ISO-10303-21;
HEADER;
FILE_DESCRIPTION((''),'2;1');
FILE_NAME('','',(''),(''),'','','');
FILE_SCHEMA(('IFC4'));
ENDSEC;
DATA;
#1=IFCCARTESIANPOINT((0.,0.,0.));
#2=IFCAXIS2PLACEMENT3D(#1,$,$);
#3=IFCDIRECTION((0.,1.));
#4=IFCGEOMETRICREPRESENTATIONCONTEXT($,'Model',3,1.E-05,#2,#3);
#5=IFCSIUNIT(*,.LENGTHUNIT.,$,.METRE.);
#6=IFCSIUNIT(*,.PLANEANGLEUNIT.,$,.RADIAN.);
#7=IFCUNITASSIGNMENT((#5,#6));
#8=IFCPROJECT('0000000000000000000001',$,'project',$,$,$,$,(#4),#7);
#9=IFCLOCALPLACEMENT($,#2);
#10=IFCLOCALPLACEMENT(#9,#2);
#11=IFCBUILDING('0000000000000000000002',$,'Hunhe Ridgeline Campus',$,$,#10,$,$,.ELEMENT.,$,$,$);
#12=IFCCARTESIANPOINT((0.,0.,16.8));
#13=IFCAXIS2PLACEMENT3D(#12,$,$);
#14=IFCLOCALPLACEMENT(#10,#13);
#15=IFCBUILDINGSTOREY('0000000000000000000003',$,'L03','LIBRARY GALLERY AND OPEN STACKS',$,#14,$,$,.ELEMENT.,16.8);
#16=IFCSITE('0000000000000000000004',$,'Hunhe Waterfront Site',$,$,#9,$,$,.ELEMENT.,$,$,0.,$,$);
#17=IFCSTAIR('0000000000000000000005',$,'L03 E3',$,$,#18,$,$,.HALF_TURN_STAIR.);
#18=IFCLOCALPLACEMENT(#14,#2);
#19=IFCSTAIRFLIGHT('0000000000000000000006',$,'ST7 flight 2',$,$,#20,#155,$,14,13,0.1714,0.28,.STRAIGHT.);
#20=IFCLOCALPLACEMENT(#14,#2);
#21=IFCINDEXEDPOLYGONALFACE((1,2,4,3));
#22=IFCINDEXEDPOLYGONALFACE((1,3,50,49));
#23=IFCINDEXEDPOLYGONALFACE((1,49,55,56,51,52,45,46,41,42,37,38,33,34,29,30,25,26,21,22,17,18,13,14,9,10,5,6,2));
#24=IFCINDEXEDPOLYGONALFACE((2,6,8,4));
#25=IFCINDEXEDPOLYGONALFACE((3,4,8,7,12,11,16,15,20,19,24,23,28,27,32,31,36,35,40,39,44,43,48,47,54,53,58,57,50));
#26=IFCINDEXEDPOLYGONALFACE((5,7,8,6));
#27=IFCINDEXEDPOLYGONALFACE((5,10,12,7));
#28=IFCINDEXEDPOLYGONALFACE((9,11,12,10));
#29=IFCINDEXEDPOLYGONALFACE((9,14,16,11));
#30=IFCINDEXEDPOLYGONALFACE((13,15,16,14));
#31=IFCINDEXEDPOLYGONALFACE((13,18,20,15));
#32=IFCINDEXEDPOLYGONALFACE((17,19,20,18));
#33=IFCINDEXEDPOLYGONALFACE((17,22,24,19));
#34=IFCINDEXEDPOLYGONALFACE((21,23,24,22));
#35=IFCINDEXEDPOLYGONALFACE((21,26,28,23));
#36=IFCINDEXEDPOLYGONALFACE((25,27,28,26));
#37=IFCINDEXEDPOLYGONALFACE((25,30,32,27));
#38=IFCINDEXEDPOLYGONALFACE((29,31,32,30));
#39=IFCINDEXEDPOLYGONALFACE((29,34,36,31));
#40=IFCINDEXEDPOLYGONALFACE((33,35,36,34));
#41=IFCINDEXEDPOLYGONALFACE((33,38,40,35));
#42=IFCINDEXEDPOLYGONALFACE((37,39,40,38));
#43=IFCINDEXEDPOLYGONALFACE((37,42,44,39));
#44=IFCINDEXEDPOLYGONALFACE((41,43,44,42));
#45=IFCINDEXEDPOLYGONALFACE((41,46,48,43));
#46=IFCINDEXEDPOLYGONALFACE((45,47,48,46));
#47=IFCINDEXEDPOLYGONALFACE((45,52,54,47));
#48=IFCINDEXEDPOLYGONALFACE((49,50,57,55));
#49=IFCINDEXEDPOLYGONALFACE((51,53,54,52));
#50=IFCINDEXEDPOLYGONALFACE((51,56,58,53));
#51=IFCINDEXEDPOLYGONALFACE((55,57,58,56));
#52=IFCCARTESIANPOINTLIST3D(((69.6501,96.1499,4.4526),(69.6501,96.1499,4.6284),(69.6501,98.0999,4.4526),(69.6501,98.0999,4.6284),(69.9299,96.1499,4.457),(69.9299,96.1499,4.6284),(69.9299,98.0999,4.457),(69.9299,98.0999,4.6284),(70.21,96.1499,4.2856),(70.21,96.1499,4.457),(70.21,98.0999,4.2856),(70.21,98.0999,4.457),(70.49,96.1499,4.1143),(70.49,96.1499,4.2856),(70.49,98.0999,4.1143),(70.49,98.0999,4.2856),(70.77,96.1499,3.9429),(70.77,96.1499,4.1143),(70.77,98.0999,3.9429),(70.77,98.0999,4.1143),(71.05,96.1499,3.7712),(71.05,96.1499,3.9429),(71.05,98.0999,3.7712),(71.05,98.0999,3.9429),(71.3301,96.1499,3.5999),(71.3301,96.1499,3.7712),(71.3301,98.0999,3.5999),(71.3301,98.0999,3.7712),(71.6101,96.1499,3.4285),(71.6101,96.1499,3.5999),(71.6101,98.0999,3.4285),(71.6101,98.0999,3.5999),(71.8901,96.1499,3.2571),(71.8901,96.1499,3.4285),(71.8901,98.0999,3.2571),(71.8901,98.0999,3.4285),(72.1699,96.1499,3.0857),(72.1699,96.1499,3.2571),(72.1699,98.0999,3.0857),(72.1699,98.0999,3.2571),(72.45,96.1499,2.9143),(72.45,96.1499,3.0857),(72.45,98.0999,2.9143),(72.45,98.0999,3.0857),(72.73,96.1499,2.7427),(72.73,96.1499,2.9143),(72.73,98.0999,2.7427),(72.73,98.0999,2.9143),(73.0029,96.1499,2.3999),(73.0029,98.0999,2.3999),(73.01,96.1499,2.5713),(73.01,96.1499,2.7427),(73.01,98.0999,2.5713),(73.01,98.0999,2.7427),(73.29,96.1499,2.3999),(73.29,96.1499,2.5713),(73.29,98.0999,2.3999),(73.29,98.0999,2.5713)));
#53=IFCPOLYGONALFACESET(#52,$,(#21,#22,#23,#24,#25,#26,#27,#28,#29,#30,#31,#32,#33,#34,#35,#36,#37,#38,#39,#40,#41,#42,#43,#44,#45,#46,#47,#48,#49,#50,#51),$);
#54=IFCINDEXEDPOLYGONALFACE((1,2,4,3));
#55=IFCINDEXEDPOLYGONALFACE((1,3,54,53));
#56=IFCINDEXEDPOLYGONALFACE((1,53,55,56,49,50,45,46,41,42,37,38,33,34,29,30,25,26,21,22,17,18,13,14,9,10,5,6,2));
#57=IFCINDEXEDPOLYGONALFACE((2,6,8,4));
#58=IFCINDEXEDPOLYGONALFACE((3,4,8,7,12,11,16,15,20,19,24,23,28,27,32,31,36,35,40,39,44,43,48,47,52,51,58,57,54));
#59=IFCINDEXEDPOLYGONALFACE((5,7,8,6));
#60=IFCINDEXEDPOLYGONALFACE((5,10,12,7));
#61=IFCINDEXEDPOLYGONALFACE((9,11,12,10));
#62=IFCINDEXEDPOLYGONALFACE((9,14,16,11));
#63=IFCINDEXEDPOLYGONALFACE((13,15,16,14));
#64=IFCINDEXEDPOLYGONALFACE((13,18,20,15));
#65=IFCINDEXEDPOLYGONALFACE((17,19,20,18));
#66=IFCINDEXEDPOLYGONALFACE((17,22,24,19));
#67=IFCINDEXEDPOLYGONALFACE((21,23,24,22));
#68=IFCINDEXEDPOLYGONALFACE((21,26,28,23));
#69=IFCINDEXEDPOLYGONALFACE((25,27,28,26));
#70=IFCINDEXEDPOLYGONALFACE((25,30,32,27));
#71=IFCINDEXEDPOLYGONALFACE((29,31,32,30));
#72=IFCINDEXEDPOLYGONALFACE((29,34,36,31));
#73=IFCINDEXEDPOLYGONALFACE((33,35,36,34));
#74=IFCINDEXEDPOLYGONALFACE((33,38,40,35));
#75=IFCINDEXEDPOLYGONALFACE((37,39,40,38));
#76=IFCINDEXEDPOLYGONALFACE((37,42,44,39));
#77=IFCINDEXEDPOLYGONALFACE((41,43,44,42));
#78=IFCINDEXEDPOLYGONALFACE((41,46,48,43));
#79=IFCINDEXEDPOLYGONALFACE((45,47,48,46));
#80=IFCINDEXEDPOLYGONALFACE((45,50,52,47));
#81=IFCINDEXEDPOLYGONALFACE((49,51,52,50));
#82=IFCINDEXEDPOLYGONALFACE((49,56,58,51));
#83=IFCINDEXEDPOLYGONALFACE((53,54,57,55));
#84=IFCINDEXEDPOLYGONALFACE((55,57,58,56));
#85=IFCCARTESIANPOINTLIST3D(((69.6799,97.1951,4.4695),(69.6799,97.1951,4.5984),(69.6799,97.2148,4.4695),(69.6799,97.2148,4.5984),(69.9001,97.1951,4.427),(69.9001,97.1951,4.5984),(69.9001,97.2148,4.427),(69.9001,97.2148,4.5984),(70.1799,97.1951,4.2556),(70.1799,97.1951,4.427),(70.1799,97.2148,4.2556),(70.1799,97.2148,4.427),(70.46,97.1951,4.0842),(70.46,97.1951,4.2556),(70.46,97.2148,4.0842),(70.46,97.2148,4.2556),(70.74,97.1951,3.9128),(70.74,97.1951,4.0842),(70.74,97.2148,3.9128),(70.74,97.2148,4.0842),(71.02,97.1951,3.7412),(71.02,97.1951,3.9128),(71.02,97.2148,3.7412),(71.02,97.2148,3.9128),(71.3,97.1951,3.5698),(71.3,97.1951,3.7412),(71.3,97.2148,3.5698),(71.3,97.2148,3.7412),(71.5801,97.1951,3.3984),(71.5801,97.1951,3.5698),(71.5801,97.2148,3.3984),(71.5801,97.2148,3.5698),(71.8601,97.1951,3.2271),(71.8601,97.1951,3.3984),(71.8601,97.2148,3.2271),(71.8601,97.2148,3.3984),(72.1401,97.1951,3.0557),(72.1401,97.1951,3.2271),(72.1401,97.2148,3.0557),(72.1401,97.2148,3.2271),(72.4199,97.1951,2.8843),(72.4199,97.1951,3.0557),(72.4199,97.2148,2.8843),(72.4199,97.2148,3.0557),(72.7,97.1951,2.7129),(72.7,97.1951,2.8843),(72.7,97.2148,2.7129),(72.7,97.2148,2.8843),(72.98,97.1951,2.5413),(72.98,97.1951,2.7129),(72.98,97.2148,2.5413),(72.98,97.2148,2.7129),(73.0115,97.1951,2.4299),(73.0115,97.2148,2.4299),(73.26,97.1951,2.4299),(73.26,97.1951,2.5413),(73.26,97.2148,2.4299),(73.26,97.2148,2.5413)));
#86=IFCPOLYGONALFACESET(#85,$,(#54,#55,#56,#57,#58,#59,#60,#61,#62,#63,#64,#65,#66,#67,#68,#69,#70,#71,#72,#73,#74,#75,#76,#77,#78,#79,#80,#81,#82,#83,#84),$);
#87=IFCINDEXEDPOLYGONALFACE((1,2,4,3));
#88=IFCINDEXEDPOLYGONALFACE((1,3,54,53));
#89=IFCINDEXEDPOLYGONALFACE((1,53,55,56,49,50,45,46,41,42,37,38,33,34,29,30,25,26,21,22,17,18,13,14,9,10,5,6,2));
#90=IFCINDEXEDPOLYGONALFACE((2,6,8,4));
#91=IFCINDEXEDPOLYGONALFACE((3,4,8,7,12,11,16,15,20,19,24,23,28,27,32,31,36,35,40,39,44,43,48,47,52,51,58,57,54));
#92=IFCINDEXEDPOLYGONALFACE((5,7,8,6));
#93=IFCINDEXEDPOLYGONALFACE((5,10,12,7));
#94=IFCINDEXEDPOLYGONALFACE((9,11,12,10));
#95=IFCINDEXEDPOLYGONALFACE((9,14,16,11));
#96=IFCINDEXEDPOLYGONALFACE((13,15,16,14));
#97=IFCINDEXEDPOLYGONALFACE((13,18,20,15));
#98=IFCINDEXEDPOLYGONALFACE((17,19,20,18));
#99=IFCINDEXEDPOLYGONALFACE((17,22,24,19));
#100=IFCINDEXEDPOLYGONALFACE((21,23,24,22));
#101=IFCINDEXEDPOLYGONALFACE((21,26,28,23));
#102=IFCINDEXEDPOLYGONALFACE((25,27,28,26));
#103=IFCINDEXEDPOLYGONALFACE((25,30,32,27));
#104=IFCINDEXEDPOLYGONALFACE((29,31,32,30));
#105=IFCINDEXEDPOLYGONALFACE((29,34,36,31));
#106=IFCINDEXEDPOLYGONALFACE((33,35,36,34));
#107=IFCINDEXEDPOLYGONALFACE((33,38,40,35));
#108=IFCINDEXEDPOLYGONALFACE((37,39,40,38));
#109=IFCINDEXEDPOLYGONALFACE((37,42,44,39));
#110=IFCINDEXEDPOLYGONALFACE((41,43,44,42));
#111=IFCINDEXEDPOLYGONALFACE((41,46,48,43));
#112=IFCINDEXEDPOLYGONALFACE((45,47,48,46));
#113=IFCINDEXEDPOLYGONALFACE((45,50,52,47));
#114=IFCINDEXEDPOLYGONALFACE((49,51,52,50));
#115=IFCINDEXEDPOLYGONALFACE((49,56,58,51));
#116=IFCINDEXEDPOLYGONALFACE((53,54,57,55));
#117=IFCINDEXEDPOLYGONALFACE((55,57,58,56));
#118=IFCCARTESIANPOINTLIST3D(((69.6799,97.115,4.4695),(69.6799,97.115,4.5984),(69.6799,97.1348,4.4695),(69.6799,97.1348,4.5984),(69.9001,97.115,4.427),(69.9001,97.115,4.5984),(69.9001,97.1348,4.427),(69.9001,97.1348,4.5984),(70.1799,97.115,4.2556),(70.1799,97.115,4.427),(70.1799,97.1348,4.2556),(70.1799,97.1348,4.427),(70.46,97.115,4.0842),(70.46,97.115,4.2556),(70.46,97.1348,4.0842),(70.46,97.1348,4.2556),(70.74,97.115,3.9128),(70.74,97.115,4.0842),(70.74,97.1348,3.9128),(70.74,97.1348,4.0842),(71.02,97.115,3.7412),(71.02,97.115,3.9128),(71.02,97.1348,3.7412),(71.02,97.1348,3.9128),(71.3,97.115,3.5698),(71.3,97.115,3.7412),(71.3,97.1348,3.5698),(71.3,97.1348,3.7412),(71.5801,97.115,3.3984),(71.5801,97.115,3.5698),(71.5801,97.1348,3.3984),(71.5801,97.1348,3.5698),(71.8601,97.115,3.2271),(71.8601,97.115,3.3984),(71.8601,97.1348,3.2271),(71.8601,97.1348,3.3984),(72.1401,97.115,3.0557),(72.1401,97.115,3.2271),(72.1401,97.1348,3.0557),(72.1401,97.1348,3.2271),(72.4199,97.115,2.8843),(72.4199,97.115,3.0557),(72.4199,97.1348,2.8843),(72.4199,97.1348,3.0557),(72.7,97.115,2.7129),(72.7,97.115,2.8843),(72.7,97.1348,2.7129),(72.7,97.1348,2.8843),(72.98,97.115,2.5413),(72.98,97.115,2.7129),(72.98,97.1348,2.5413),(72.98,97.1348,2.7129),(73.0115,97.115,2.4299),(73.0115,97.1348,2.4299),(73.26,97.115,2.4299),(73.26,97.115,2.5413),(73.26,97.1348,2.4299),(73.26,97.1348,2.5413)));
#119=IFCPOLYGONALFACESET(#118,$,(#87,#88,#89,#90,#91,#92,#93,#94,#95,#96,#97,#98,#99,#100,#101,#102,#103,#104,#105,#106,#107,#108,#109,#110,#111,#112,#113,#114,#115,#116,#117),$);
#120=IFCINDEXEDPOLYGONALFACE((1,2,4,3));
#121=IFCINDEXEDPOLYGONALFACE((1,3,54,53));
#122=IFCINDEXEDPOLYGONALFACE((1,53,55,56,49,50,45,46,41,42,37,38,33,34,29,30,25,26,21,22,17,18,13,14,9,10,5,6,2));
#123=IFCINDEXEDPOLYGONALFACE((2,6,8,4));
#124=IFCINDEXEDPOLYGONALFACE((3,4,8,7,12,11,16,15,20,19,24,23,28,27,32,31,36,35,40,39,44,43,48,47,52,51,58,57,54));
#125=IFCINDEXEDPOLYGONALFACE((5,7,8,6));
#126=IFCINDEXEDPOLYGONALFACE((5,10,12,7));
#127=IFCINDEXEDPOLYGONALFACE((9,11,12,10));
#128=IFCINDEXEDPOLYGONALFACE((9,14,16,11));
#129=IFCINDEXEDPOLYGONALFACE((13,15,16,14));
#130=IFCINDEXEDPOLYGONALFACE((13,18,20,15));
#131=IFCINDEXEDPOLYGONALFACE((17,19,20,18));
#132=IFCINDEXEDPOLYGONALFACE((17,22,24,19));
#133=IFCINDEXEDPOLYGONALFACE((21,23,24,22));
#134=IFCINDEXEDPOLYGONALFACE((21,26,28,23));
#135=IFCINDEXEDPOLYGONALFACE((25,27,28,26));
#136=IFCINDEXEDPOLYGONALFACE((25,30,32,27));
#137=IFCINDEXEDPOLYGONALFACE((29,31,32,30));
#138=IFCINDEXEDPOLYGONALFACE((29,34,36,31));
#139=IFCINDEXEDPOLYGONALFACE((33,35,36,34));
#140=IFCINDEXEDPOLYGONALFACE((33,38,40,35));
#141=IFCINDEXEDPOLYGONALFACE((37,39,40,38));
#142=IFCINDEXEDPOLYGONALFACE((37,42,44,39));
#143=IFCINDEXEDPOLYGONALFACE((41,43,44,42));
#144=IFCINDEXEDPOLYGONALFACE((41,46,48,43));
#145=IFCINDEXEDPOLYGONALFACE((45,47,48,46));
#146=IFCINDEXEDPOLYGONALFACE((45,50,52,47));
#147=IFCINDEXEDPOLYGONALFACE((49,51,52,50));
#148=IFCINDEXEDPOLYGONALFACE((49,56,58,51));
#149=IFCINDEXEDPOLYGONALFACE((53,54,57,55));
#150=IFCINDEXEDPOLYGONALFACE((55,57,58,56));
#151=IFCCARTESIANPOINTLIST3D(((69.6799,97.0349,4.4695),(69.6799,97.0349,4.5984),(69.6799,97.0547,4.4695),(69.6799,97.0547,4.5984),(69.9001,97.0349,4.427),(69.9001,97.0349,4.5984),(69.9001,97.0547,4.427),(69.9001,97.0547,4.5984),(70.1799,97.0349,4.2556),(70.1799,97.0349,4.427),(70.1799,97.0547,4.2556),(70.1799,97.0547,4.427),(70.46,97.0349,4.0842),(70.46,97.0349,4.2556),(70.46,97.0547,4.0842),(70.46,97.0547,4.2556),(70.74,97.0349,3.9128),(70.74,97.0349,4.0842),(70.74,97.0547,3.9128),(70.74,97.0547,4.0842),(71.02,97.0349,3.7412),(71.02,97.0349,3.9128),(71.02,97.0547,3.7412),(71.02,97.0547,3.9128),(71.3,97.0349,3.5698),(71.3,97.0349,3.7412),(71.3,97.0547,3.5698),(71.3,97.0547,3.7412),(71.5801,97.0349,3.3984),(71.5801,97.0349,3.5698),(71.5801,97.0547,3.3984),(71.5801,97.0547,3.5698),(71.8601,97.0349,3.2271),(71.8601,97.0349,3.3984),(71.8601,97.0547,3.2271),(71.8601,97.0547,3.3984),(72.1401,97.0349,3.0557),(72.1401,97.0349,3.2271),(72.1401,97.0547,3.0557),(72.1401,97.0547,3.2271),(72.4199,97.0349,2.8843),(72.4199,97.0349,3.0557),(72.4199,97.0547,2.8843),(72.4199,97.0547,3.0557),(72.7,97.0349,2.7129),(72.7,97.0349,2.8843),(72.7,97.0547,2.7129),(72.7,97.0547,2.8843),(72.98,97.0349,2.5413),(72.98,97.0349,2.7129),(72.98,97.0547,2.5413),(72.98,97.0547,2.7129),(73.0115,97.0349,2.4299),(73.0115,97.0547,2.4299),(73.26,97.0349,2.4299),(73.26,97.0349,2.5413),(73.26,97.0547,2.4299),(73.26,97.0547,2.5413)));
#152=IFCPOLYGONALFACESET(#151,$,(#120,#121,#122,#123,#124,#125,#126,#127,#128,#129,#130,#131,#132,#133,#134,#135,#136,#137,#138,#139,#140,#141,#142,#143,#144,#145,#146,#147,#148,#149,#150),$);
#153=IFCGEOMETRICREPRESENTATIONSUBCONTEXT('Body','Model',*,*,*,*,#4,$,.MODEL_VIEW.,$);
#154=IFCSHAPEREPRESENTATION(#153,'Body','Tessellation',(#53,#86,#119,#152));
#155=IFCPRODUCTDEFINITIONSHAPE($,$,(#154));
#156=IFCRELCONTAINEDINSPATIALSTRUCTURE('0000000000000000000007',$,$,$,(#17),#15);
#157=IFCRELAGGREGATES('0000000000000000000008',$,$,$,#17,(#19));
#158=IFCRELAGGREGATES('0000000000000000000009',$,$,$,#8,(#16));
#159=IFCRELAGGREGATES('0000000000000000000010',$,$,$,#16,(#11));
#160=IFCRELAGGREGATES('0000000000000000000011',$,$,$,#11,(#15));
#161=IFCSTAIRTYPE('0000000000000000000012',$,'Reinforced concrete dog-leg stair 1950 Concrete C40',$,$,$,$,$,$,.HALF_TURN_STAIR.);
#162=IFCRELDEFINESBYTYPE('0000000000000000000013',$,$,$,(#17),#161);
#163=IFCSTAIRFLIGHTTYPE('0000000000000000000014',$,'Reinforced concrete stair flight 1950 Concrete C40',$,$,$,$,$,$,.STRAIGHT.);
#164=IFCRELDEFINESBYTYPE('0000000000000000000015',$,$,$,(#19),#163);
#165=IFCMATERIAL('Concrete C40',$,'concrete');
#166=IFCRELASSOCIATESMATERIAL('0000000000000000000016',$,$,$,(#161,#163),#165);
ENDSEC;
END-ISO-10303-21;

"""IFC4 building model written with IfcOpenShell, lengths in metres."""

from ifc_helpers import new_model, si_unit, direction, frame, origin, place, context, subcontext, project, spatial, polyline, outline, extrude, material, type_object, element, aggregate, save


model = new_model("IFC4")

# Units and contexts
model_context = context("Model", 3, precision=1e-05, world=origin(), true_north=direction((0.0, 1.0)))
body_context = subcontext(model_context, "Body", "Model", "MODEL_VIEW")
ifc_project = project(units=[si_unit("LENGTHUNIT", "METRE"), si_unit("PLANEANGLEUNIT", "RADIAN")], contexts=[model_context])

# Site, building, storey
site_placement = place(None, origin())
site = spatial("IfcSite", under=ifc_project, at=site_placement, Name="Hunhe Waterfront Site", CompositionType="ELEMENT", RefElevation=0.0)
building_placement = place(site_placement, origin())
building = spatial("IfcBuilding", under=site, at=building_placement, Name="Hunhe Ridgeline Campus", CompositionType="ELEMENT")
storey_placement = place(building_placement, frame((0.0, 0.0, 16.8)))
storey = spatial("IfcBuildingStorey", under=building, at=storey_placement, Name="L03", Description="LIBRARY GALLERY AND OPEN STACKS", CompositionType="ELEMENT", Elevation=16.8)

# Stair, stair flight
ifc_material_1 = material(Name="Concrete C40", Category="concrete")
stair_type = type_object("IfcStairType", Name="Reinforced concrete dog-leg stair 1950 Concrete C40", PredefinedType="HALF_TURN_STAIR", material=ifc_material_1)
stair_1_placement = place(storey_placement, origin())
stair_1 = element("IfcStair", 1, at=stair_1_placement, inside=storey, type_object=stair_type, Name="L03 E3", PredefinedType="HALF_TURN_STAIR")
stair_flight_type = type_object("IfcStairFlightType", Name="Reinforced concrete stair flight 1950 Concrete C40", PredefinedType="STRAIGHT", material=ifc_material_1)
stair_flight_1_placement = place(storey_placement, frame((73.29, 97.125, 2.3999), z_axis=(0.0, 0.0, 1.0), x_axis=(-1.0, 0.0, 0.0)))
stair_flight_1 = element("IfcStairFlight", 2, at=stair_flight_1_placement, type_object=stair_flight_type, Name="ST7 flight 2", NumberOfRisers=14, NumberOfTreads=13, PredefinedType="STRAIGHT", RiserHeight=0.1714, TreadLength=0.28, context=body_context, shape_type="SweptSolid", body=[
    extrude(outline(polyline([(0.0, 0.0), (0.0, 0.1714), (0.28, 0.1714), (0.28, 0.3428), (0.5601, 0.3428), (0.5601, 0.5144), (0.8401, 0.5144), (0.8401, 0.6858), (1.1201, 0.6858), (1.1201, 0.8572), (1.3999, 0.8572), (1.3999, 1.0286), (1.6799, 1.0286), (1.6799, 1.2), (1.96, 1.2), (1.96, 1.3713), (2.24, 1.3713), (2.24, 1.543), (2.52, 1.543), (2.52, 1.7144), (2.8, 1.7144), (2.8, 1.8857), (3.0801, 1.8857), (3.0801, 2.0571), (3.3601, 2.0571), (3.3601, 2.2285), (3.6399, 2.2285), (3.6399, 2.3999), (3.6399, 2.0527), (0.2871, 0.0), (0.0, 0.0)])), frame((0.0, 0.9751, 0.0), z_axis=(0.0, -1.0, 0.0), x_axis=(1.0, 0.0, 0.0)), (0.0, 0.0, 1.0), 1.95),
    extrude(outline(polyline([(0.03, 0.03), (0.03, 0.1414), (0.3101, 0.1414), (0.3101, 0.313), (0.5901, 0.313), (0.5901, 0.4844), (0.8701, 0.4844), (0.8701, 0.6558), (1.1499, 0.6558), (1.1499, 0.8271), (1.4299, 0.8271), (1.4299, 0.9985), (1.71, 0.9985), (1.71, 1.1699), (1.99, 1.1699), (1.99, 1.3413), (2.27, 1.3413), (2.27, 1.5129), (2.55, 1.5129), (2.55, 1.6843), (2.8301, 1.6843), (2.8301, 1.8557), (3.1101, 1.8557), (3.1101, 2.0271), (3.3899, 2.0271), (3.3899, 2.1985), (3.6101, 2.1985), (3.6101, 2.0696), (0.2786, 0.03), (0.03, 0.03)])), frame((0.0, -0.0701, 0.0), z_axis=(0.0, -1.0, 0.0), x_axis=(1.0, 0.0, 0.0)), (0.0, 0.0, 1.0), 0.0198),
    extrude(outline(polyline([(0.03, 0.03), (0.03, 0.1414), (0.3101, 0.1414), (0.3101, 0.313), (0.5901, 0.313), (0.5901, 0.4844), (0.8701, 0.4844), (0.8701, 0.6558), (1.1499, 0.6558), (1.1499, 0.8271), (1.4299, 0.8271), (1.4299, 0.9985), (1.71, 0.9985), (1.71, 1.1699), (1.99, 1.1699), (1.99, 1.3413), (2.27, 1.3413), (2.27, 1.5129), (2.55, 1.5129), (2.55, 1.6843), (2.8301, 1.6843), (2.8301, 1.8557), (3.1101, 1.8557), (3.1101, 2.0271), (3.3899, 2.0271), (3.3899, 2.1985), (3.6101, 2.1985), (3.6101, 2.0696), (0.2786, 0.03), (0.03, 0.03)])), frame((0.0, 0.01, 0.0), z_axis=(0.0, -1.0, 0.0), x_axis=(1.0, 0.0, 0.0)), (0.0, 0.0, 1.0), 0.0198),
    extrude(outline(polyline([(0.03, 0.03), (0.03, 0.1414), (0.3101, 0.1414), (0.3101, 0.313), (0.5901, 0.313), (0.5901, 0.4844), (0.8701, 0.4844), (0.8701, 0.6558), (1.1499, 0.6558), (1.1499, 0.8271), (1.4299, 0.8271), (1.4299, 0.9985), (1.71, 0.9985), (1.71, 1.1699), (1.99, 1.1699), (1.99, 1.3413), (2.27, 1.3413), (2.27, 1.5129), (2.55, 1.5129), (2.55, 1.6843), (2.8301, 1.6843), (2.8301, 1.8557), (3.1101, 1.8557), (3.1101, 2.0271), (3.3899, 2.0271), (3.3899, 2.1985), (3.6101, 2.1985), (3.6101, 2.0696), (0.2786, 0.03), (0.03, 0.03)])), frame((0.0, 0.0901, 0.0), z_axis=(0.0, -1.0, 0.0), x_axis=(1.0, 0.0, 0.0)), (0.0, 0.0, 1.0), 0.0198),
])
aggregate(stair_1, [stair_flight_1])

save(model, "model.ifc")
